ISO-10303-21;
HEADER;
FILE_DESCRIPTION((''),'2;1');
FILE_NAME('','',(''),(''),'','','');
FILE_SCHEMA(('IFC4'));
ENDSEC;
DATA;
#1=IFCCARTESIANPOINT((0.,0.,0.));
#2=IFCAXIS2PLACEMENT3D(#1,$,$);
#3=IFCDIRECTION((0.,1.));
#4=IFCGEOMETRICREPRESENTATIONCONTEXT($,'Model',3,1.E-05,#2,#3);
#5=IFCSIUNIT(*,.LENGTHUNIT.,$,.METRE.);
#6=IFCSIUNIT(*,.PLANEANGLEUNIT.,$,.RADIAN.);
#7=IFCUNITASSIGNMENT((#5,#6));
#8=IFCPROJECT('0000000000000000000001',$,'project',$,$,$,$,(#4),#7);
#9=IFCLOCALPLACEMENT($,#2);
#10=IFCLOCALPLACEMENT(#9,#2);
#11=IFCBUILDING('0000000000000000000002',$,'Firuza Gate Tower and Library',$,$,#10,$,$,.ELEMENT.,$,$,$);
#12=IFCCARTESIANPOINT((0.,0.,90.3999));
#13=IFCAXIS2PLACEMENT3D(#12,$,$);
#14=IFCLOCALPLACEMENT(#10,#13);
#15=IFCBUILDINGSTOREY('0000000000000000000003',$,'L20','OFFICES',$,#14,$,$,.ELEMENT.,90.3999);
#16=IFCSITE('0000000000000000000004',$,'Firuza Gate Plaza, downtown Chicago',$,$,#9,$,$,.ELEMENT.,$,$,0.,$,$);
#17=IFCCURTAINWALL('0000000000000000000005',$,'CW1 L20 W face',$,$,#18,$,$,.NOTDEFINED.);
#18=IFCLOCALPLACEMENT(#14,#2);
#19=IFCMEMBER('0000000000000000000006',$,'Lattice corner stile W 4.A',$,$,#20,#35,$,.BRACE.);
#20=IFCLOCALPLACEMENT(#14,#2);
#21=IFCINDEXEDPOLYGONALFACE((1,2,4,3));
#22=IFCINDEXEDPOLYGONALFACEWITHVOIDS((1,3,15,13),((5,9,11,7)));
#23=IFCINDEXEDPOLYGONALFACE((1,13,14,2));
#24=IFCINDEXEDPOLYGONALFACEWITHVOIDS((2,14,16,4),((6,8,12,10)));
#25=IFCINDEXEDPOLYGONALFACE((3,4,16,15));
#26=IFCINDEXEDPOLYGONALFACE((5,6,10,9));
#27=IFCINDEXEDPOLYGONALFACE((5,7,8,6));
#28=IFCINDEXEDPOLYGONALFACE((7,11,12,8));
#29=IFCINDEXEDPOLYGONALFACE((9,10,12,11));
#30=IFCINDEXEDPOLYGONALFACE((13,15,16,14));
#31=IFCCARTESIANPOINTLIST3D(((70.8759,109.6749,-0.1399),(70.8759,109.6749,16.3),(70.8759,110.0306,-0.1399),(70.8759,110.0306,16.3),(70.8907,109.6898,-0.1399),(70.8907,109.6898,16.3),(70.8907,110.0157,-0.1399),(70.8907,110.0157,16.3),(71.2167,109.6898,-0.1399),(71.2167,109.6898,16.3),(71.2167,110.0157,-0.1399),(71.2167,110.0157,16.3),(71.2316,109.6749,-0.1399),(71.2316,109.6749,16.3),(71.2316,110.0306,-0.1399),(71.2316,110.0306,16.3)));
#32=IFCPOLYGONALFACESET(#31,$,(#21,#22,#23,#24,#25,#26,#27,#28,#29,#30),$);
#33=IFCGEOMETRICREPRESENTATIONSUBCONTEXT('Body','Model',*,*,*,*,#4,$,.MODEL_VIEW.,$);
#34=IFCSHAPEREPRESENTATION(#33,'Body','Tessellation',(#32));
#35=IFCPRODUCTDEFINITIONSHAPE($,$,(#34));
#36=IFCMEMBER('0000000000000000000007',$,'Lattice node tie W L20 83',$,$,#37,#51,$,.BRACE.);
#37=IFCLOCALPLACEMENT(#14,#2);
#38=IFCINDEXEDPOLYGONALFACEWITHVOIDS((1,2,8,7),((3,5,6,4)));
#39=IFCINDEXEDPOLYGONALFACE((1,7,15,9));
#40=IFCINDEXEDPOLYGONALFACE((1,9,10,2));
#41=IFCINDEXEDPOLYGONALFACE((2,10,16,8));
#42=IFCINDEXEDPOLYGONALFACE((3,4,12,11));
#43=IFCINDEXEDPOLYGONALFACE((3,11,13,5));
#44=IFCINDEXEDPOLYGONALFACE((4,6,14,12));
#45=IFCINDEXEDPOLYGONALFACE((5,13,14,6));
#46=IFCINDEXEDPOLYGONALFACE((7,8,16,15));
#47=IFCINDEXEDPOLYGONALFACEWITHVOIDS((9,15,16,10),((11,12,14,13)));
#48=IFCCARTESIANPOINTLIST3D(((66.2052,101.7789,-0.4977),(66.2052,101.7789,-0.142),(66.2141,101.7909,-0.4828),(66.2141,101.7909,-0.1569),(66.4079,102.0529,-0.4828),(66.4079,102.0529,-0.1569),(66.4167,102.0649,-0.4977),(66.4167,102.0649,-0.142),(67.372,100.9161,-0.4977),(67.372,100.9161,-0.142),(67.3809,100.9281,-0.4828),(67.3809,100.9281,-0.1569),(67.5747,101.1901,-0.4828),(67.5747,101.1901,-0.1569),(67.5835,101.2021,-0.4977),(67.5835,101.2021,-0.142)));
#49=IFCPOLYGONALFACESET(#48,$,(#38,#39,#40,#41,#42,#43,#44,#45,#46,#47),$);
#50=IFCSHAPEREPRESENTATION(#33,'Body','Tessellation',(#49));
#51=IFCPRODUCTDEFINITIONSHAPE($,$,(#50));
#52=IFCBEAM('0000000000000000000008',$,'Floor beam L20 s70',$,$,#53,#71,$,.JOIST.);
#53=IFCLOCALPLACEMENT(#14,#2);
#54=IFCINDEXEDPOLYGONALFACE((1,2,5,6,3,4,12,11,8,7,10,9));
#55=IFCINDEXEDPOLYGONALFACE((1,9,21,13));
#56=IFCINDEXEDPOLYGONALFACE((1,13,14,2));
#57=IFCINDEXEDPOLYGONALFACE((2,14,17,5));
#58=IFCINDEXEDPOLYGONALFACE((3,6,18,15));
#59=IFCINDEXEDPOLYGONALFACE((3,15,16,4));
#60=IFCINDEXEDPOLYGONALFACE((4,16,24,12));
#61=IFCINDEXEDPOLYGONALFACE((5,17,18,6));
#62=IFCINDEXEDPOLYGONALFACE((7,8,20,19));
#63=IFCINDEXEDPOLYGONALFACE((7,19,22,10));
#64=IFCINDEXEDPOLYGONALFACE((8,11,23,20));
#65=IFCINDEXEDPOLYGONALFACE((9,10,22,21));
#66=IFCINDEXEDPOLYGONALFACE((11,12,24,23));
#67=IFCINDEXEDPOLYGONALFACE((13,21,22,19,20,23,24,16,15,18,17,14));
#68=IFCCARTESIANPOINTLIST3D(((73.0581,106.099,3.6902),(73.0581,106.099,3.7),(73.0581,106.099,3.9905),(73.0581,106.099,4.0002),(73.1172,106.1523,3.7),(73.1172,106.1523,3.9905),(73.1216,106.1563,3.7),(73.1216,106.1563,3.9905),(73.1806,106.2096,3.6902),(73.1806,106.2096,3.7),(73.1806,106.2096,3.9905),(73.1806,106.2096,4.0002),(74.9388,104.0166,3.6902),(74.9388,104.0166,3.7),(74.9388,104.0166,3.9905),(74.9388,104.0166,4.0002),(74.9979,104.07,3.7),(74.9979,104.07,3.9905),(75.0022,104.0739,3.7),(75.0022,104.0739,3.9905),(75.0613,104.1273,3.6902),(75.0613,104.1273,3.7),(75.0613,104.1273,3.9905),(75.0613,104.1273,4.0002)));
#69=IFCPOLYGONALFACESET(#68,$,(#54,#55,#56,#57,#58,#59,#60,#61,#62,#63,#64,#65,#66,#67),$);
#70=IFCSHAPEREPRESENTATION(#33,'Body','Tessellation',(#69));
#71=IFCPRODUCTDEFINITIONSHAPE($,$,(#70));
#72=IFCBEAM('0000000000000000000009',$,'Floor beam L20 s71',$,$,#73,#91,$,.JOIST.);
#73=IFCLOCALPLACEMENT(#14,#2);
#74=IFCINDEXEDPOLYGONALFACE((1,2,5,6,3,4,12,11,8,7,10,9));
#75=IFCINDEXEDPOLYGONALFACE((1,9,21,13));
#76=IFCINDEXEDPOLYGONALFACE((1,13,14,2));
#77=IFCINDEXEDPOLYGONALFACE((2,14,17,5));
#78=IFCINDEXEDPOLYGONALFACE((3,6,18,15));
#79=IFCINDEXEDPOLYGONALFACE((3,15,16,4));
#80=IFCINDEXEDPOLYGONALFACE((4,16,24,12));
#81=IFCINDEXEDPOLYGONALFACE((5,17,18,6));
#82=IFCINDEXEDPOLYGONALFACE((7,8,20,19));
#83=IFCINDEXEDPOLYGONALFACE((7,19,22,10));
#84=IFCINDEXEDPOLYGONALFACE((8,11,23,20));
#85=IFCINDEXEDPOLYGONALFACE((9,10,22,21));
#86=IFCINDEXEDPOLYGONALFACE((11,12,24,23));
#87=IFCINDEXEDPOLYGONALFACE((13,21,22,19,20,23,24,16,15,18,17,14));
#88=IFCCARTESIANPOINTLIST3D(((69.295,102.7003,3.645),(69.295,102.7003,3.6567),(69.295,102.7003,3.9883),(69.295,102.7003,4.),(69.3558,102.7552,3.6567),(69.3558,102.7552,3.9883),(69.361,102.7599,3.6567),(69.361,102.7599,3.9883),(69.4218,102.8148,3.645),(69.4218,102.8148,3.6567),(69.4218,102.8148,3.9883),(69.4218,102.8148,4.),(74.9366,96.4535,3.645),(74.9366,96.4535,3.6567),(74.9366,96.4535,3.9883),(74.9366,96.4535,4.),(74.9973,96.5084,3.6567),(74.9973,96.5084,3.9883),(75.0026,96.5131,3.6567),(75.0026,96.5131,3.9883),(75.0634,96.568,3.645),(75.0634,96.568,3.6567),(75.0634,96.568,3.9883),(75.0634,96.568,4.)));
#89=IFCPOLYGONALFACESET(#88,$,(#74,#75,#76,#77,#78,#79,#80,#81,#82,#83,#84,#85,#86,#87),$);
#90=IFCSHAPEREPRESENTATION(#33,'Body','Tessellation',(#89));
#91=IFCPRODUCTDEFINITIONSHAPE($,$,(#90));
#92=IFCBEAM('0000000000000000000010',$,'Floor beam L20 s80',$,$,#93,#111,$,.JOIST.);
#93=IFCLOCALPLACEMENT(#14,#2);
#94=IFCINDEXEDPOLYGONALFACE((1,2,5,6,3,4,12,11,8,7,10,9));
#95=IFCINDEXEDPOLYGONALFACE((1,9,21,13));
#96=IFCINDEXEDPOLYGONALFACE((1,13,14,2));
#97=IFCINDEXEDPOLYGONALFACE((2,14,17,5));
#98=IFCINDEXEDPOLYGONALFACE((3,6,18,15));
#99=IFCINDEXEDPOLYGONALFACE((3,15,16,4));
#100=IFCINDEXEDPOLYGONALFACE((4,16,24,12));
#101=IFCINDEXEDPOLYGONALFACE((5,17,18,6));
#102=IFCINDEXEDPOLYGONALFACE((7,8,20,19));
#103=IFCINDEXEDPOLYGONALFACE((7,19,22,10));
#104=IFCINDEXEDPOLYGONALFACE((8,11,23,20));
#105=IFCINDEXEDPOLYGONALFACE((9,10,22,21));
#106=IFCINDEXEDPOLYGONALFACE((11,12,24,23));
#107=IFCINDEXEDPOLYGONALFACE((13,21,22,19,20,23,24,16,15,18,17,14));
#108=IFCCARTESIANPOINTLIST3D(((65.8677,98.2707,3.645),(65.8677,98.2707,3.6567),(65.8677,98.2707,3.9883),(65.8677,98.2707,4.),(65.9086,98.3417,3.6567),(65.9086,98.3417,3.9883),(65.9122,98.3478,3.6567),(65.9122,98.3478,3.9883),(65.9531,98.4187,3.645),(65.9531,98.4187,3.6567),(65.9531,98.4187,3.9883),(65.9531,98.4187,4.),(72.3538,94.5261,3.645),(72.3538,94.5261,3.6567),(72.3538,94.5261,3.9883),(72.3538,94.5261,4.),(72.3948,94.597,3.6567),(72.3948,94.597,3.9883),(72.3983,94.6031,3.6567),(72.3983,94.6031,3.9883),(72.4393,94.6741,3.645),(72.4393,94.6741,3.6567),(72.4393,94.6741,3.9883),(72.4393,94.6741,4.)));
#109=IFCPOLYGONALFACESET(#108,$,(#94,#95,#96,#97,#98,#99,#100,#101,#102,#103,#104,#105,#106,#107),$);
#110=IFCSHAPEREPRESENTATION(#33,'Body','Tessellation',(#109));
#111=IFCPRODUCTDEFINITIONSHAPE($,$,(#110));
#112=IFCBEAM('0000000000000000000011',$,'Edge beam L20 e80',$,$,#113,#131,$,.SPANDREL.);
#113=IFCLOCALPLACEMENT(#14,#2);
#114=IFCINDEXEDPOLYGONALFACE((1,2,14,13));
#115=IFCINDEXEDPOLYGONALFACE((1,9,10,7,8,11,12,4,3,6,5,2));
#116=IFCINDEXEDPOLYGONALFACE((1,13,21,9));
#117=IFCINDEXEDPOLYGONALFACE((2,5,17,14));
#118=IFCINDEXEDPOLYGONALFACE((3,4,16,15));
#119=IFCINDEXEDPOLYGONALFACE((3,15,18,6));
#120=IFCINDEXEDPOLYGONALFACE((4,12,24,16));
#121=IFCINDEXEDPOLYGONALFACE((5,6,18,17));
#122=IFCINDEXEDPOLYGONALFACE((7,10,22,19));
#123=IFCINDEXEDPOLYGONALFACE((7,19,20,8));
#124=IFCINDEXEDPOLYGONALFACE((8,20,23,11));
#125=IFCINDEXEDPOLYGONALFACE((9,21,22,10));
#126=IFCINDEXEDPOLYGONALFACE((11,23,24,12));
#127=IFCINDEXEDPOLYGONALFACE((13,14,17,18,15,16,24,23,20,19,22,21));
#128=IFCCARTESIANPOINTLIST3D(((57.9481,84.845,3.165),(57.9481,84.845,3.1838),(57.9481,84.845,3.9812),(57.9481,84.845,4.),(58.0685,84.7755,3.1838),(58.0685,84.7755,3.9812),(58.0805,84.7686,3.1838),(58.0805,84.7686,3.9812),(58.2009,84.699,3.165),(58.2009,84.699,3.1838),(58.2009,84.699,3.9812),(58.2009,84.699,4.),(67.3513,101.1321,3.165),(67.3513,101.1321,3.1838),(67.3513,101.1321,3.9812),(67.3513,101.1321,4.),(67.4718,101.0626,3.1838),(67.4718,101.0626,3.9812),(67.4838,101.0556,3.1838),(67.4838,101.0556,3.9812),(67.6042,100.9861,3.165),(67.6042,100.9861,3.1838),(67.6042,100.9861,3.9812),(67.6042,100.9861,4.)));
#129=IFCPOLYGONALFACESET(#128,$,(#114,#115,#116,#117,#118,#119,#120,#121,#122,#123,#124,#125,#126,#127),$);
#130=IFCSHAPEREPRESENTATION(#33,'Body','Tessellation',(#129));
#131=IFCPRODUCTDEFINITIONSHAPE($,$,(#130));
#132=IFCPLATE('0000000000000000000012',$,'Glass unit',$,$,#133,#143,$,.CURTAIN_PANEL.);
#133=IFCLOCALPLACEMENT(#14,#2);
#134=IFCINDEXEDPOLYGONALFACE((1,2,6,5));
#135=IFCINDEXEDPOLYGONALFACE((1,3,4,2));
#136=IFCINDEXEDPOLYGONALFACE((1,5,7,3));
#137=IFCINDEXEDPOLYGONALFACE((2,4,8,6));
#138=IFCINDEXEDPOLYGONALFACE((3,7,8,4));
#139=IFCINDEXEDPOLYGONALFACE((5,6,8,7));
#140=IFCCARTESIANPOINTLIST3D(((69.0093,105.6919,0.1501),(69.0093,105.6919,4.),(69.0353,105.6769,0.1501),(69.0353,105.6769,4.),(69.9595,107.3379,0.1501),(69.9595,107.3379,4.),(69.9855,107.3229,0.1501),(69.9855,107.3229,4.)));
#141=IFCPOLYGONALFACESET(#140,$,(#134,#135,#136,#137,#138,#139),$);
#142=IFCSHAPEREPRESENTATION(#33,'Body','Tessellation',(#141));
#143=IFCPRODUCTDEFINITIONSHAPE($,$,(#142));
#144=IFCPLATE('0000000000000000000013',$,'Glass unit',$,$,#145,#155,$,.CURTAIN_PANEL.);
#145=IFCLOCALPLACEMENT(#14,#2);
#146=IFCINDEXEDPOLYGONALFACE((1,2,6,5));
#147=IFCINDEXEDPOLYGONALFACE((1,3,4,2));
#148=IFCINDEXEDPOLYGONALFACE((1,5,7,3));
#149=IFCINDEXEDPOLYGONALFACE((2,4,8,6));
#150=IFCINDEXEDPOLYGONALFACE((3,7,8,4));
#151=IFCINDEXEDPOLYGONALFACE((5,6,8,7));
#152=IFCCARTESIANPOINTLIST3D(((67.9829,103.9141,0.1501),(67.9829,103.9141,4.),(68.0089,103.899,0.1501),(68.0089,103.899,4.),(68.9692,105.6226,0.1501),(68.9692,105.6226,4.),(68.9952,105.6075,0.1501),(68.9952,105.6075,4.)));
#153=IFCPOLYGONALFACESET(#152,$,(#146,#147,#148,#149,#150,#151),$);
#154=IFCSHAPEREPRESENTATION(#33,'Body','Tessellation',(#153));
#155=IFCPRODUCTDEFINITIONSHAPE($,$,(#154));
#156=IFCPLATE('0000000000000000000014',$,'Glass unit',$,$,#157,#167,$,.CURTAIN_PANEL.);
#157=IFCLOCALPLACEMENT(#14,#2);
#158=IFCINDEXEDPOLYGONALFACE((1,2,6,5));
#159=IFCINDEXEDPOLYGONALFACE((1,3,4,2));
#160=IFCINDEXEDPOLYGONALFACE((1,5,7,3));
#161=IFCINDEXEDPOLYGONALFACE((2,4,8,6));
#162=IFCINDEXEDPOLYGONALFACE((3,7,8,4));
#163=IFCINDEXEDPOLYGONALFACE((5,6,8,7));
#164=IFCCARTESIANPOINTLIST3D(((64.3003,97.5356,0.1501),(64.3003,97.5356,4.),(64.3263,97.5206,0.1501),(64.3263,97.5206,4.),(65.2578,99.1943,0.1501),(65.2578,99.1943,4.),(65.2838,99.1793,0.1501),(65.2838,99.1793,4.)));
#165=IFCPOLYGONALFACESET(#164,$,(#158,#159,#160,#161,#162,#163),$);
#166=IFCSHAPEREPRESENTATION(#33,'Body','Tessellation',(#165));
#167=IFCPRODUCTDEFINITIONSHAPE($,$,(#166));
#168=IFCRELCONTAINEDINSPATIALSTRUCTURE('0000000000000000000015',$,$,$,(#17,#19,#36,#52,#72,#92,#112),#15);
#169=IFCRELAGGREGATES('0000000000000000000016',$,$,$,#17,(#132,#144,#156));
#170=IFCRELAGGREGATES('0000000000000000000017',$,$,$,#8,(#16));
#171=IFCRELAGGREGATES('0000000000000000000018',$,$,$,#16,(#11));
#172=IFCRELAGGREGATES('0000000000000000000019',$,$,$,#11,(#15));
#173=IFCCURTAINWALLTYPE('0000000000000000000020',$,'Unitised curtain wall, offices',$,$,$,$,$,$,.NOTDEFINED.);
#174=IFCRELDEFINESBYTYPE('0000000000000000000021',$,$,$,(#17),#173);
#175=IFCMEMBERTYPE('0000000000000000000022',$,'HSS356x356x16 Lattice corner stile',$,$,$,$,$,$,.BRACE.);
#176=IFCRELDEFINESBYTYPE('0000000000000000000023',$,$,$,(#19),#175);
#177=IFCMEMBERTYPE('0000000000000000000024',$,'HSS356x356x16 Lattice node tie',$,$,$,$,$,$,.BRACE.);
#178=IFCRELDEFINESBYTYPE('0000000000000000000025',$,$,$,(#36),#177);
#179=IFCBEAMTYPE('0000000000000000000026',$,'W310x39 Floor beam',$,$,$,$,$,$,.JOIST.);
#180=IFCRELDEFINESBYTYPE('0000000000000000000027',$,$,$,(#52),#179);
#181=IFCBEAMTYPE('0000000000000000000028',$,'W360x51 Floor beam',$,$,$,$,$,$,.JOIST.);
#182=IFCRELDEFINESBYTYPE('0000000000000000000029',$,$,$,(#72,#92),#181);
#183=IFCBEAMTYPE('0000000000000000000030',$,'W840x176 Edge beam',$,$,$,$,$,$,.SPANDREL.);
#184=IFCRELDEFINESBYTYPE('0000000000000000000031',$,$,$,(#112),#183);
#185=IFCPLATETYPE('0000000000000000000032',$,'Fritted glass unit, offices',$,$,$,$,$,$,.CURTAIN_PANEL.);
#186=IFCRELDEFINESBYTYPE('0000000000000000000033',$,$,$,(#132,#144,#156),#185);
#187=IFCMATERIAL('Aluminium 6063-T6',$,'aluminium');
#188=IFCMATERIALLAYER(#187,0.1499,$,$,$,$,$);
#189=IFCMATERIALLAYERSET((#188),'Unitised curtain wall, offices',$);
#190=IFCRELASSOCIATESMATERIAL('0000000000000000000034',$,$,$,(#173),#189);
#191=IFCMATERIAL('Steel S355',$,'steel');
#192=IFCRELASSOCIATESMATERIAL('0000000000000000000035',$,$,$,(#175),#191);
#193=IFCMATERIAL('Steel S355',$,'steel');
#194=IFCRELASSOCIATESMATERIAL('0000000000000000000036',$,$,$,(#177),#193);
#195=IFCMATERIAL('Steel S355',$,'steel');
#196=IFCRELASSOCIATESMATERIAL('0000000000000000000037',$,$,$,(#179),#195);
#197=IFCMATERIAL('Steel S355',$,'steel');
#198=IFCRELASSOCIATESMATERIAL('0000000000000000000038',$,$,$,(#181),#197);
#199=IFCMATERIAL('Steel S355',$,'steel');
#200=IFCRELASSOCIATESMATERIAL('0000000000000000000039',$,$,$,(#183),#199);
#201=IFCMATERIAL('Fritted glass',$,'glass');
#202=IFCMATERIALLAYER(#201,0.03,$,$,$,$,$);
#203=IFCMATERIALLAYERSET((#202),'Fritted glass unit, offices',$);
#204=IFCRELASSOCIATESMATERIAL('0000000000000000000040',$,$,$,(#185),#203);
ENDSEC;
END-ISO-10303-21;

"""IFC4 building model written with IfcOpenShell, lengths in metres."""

from ifc_helpers import new_model, si_unit, direction, frame, origin, origin_2d, place, context, subcontext, project, spatial, polyline, hollow_rectangle, i_section, outline, extrude, material, layer, layer_set, material_profile, profile_set, type_object, element, aggregate, save


model = new_model("IFC4")

# Units and contexts
model_context = context("Model", 3, precision=1e-05, world=origin(), true_north=direction((0.0, 1.0)))
body_context = subcontext(model_context, "Body", "Model", "MODEL_VIEW")
ifc_project = project(units=[si_unit("LENGTHUNIT", "METRE"), si_unit("PLANEANGLEUNIT", "RADIAN")], contexts=[model_context])

# Site, building, storey
site_placement = place(None, origin())
site = spatial("IfcSite", under=ifc_project, at=site_placement, Name="Firuza Gate Plaza, downtown Chicago", CompositionType="ELEMENT", RefElevation=0.0)
building_placement = place(site_placement, origin())
building = spatial("IfcBuilding", under=site, at=building_placement, Name="Firuza Gate Tower and Library", CompositionType="ELEMENT")
storey_placement = place(building_placement, frame((0.0, 0.0, 90.3999)))
storey = spatial("IfcBuildingStorey", under=building, at=storey_placement, Name="L20", Description="OFFICES", CompositionType="ELEMENT", Elevation=90.3999)

# Curtain wall
ifc_material_1 = material(Name="Aluminium 6063-T6", Category="aluminium")
ifc_layer_1 = layer(ifc_material_1, 0.1499)
ifc_layer_set_1 = layer_set([ifc_layer_1], Name="Unitised curtain wall, offices")
curtain_wall_type_1 = type_object("IfcCurtainWallType", Name="Unitised curtain wall, offices", PredefinedType="NOTDEFINED", material=ifc_layer_set_1)
placement = place(storey_placement, origin())
curtain_wall_1 = element("IfcCurtainWall", 1, at=placement, inside=storey, type_object=curtain_wall_type_1, Name="CW1 L20 W face", PredefinedType="NOTDEFINED")

# Members
ifc_material_2 = material(Name="Steel S355", Category="steel")
ifc_material_profile_1 = material_profile(ifc_material_2, hollow_rectangle(XDim=0.3557, YDim=0.3557, WallThickness=0.0149, at=origin_2d()))
ifc_profile_set_1 = profile_set([ifc_material_profile_1], Name="Steel S355")
member_type_1 = type_object("IfcMemberType", Name="HSS356x356x16 Lattice corner stile", PredefinedType="BRACE", material=ifc_profile_set_1)
member_1_placement = place(storey_placement, frame((71.0537, 109.8528, -0.1399), z_axis=(0.0, 0.0, 1.0), x_axis=(1.0, 0.0, 0.0)))
element("IfcMember", 2, at=member_1_placement, inside=storey, type_object=member_type_1, Name="Lattice corner stile W 4.A", PredefinedType="BRACE", context=body_context, shape_type="SweptSolid", body=[
    extrude(hollow_rectangle(XDim=0.3557, YDim=0.3557, WallThickness=0.0149, at=origin_2d()), origin(), (0.0, 0.0, 1.0), 16.4399),
])
ifc_material_3 = material(Name="Steel S355", Category="steel")
ifc_material_profile_2 = material_profile(ifc_material_3, hollow_rectangle(XDim=0.3557, YDim=0.3557, WallThickness=0.0149, at=origin_2d()))
ifc_profile_set_2 = profile_set([ifc_material_profile_2], Name="Steel S355")
member_type_2 = type_object("IfcMemberType", Name="HSS356x356x16 Lattice node tie", PredefinedType="BRACE", material=ifc_profile_set_2)
member_2_placement = place(storey_placement, frame((67.4778, 101.0591, -0.3198), z_axis=(-0.80404, 0.594576, 0.0), x_axis=(-0.594576, -0.80404, 0.0)))
element("IfcMember", 3, at=member_2_placement, inside=storey, type_object=member_type_2, Name="Lattice node tie W L20 83", PredefinedType="BRACE", context=body_context, shape_type="SweptSolid", body=[
    extrude(hollow_rectangle(XDim=0.3557, YDim=0.3557, WallThickness=0.0149, at=origin_2d()), origin(), (0.0, 0.0, 1.0), 1.4512),
])

# Beams
ifc_material_4 = material(Name="Steel S355", Category="steel")
ifc_material_profile_3 = material_profile(ifc_material_4, i_section(OverallWidth=0.165, OverallDepth=0.3101, WebThickness=0.0059, FlangeThickness=0.0098, at=origin_2d()))
ifc_profile_set_3 = profile_set([ifc_material_profile_3], Name="Steel S355")
beam_type_1 = type_object("IfcBeamType", Name="W310x39 Floor beam", PredefinedType="JOIST", material=ifc_profile_set_3)
beam_1_placement = place(storey_placement, frame((73.1194, 106.1543, 3.8452), z_axis=(0.670257, -0.742129, 0.0), x_axis=(0.742129, 0.670257, 0.0)))
element("IfcBeam", 4, at=beam_1_placement, inside=storey, type_object=beam_type_1, Name="Floor beam L20 s70", PredefinedType="JOIST", context=body_context, shape_type="SweptSolid", body=[
    extrude(i_section(OverallWidth=0.165, OverallDepth=0.3101, WebThickness=0.0059, FlangeThickness=0.0098, at=origin_2d()), origin(), (0.0, 0.0, 1.0), 2.8059),
])
ifc_material_5 = material(Name="Steel S355", Category="steel")
ifc_material_profile_4 = material_profile(ifc_material_5, i_section(OverallWidth=0.1709, OverallDepth=0.355, WebThickness=0.0071, FlangeThickness=0.0117, at=origin_2d()))
ifc_profile_set_4 = profile_set([ifc_material_profile_4], Name="Steel S355")
beam_type_2 = type_object("IfcBeamType", Name="W360x51 Floor beam", PredefinedType="JOIST", material=ifc_profile_set_4)
beam_2_placement = place(storey_placement, frame((69.3584, 102.7576, 3.8225), z_axis=(0.670241, -0.742144, 0.0), x_axis=(0.742144, 0.670241, 0.0)))
element("IfcBeam", 5, at=beam_2_placement, inside=storey, type_object=beam_type_2, Name="Floor beam L20 s71", PredefinedType="JOIST", context=body_context, shape_type="SweptSolid", body=[
    extrude(i_section(OverallWidth=0.1709, OverallDepth=0.355, WebThickness=0.0071, FlangeThickness=0.0117, at=origin_2d()), origin(), (0.0, 0.0, 1.0), 8.4172),
])
beam_3_placement = place(storey_placement, frame((65.9104, 98.3447, 3.8225), z_axis=(0.866032, -0.499989, 0.0), x_axis=(0.499989, 0.866032, 0.0)))
element("IfcBeam", 6, at=beam_3_placement, inside=storey, type_object=beam_type_2, Name="Floor beam L20 s80", PredefinedType="JOIST", context=body_context, shape_type="SweptSolid", body=[
    extrude(i_section(OverallWidth=0.1709, OverallDepth=0.355, WebThickness=0.0071, FlangeThickness=0.0117, at=origin_2d()), origin(), (0.0, 0.0, 1.0), 7.4895),
])
ifc_material_6 = material(Name="Steel S355", Category="steel")
ifc_material_profile_5 = material_profile(ifc_material_6, i_section(OverallWidth=0.292, OverallDepth=0.835, WebThickness=0.0139, FlangeThickness=0.0188, at=origin_2d()))
ifc_profile_set_5 = profile_set([ifc_material_profile_5], Name="Steel S355")
beam_type_3 = type_object("IfcBeamType", Name="W840x176 Edge beam", PredefinedType="SPANDREL", material=ifc_profile_set_5)
beam_4_placement = place(storey_placement, frame((67.4778, 101.0591, 3.5825), z_axis=(-0.499998, -0.866026, 0.0), x_axis=(0.866026, -0.499998, 0.0)))
element("IfcBeam", 7, at=beam_4_placement, inside=storey, type_object=beam_type_3, Name="Edge beam L20 e80", PredefinedType="SPANDREL", context=body_context, shape_type="SweptSolid", body=[
    extrude(i_section(OverallWidth=0.292, OverallDepth=0.835, WebThickness=0.0139, FlangeThickness=0.0188, at=origin_2d()), origin(), (0.0, 0.0, 1.0), 18.8066),
])

# Plates
ifc_material_7 = material(Name="Fritted glass", Category="glass")
ifc_layer_2 = layer(ifc_material_7, 0.03)
ifc_layer_set_2 = layer_set([ifc_layer_2], Name="Fritted glass unit, offices")
plate_type_1 = type_object("IfcPlateType", Name="Fritted glass unit, offices", PredefinedType="CURTAIN_PANEL", material=ifc_layer_set_2)
plate_1_placement = place(storey_placement, frame((69.9595, 107.3379, 0.1501), z_axis=(-0.866053, 0.499952, 0.0), x_axis=(-0.499952, -0.866053, 0.0)))
plate_1 = element("IfcPlate", 8, at=plate_1_placement, type_object=plate_type_1, Name="Glass unit", PredefinedType="CURTAIN_PANEL", context=body_context, shape_type="SweptSolid", body=[
    extrude(outline(polyline([(0.0, 0.0), (1.9006, 0.0), (1.9006, 3.8499), (0.0, 3.8499), (0.0, 0.0)])), origin(), (0.0, 0.0, -1.0), 0.03),
])
plate_2_placement = place(storey_placement, frame((68.9692, 105.6226, 0.1501), z_axis=(-0.866041, 0.499972, 0.0), x_axis=(-0.499972, -0.866041, 0.0)))
plate_2 = element("IfcPlate", 9, at=plate_2_placement, type_object=plate_type_1, Name="Glass unit", PredefinedType="CURTAIN_PANEL", context=body_context, shape_type="SweptSolid", body=[
    extrude(outline(polyline([(0.0, 0.0), (1.9728, 0.0), (1.9728, 3.8499), (0.0, 3.8499), (0.0, 0.0)])), origin(), (0.0, 0.0, -1.0), 0.03),
])
plate_3_placement = place(storey_placement, frame((65.2578, 99.1943, 0.1501), z_axis=(-0.866054, 0.499951, 0.0), x_axis=(-0.499951, -0.866054, 0.0)))
plate_3 = element("IfcPlate", 10, at=plate_3_placement, type_object=plate_type_1, Name="Glass unit", PredefinedType="CURTAIN_PANEL", context=body_context, shape_type="SweptSolid", body=[
    extrude(outline(polyline([(0.0, 0.0), (1.9152, 0.0), (1.9152, 3.8499), (0.0, 3.8499), (0.0, 0.0)])), origin(), (0.0, 0.0, -1.0), 0.03),
])
aggregate(curtain_wall_1, [plate_1, plate_2, plate_3])

save(model, "model.ifc")
